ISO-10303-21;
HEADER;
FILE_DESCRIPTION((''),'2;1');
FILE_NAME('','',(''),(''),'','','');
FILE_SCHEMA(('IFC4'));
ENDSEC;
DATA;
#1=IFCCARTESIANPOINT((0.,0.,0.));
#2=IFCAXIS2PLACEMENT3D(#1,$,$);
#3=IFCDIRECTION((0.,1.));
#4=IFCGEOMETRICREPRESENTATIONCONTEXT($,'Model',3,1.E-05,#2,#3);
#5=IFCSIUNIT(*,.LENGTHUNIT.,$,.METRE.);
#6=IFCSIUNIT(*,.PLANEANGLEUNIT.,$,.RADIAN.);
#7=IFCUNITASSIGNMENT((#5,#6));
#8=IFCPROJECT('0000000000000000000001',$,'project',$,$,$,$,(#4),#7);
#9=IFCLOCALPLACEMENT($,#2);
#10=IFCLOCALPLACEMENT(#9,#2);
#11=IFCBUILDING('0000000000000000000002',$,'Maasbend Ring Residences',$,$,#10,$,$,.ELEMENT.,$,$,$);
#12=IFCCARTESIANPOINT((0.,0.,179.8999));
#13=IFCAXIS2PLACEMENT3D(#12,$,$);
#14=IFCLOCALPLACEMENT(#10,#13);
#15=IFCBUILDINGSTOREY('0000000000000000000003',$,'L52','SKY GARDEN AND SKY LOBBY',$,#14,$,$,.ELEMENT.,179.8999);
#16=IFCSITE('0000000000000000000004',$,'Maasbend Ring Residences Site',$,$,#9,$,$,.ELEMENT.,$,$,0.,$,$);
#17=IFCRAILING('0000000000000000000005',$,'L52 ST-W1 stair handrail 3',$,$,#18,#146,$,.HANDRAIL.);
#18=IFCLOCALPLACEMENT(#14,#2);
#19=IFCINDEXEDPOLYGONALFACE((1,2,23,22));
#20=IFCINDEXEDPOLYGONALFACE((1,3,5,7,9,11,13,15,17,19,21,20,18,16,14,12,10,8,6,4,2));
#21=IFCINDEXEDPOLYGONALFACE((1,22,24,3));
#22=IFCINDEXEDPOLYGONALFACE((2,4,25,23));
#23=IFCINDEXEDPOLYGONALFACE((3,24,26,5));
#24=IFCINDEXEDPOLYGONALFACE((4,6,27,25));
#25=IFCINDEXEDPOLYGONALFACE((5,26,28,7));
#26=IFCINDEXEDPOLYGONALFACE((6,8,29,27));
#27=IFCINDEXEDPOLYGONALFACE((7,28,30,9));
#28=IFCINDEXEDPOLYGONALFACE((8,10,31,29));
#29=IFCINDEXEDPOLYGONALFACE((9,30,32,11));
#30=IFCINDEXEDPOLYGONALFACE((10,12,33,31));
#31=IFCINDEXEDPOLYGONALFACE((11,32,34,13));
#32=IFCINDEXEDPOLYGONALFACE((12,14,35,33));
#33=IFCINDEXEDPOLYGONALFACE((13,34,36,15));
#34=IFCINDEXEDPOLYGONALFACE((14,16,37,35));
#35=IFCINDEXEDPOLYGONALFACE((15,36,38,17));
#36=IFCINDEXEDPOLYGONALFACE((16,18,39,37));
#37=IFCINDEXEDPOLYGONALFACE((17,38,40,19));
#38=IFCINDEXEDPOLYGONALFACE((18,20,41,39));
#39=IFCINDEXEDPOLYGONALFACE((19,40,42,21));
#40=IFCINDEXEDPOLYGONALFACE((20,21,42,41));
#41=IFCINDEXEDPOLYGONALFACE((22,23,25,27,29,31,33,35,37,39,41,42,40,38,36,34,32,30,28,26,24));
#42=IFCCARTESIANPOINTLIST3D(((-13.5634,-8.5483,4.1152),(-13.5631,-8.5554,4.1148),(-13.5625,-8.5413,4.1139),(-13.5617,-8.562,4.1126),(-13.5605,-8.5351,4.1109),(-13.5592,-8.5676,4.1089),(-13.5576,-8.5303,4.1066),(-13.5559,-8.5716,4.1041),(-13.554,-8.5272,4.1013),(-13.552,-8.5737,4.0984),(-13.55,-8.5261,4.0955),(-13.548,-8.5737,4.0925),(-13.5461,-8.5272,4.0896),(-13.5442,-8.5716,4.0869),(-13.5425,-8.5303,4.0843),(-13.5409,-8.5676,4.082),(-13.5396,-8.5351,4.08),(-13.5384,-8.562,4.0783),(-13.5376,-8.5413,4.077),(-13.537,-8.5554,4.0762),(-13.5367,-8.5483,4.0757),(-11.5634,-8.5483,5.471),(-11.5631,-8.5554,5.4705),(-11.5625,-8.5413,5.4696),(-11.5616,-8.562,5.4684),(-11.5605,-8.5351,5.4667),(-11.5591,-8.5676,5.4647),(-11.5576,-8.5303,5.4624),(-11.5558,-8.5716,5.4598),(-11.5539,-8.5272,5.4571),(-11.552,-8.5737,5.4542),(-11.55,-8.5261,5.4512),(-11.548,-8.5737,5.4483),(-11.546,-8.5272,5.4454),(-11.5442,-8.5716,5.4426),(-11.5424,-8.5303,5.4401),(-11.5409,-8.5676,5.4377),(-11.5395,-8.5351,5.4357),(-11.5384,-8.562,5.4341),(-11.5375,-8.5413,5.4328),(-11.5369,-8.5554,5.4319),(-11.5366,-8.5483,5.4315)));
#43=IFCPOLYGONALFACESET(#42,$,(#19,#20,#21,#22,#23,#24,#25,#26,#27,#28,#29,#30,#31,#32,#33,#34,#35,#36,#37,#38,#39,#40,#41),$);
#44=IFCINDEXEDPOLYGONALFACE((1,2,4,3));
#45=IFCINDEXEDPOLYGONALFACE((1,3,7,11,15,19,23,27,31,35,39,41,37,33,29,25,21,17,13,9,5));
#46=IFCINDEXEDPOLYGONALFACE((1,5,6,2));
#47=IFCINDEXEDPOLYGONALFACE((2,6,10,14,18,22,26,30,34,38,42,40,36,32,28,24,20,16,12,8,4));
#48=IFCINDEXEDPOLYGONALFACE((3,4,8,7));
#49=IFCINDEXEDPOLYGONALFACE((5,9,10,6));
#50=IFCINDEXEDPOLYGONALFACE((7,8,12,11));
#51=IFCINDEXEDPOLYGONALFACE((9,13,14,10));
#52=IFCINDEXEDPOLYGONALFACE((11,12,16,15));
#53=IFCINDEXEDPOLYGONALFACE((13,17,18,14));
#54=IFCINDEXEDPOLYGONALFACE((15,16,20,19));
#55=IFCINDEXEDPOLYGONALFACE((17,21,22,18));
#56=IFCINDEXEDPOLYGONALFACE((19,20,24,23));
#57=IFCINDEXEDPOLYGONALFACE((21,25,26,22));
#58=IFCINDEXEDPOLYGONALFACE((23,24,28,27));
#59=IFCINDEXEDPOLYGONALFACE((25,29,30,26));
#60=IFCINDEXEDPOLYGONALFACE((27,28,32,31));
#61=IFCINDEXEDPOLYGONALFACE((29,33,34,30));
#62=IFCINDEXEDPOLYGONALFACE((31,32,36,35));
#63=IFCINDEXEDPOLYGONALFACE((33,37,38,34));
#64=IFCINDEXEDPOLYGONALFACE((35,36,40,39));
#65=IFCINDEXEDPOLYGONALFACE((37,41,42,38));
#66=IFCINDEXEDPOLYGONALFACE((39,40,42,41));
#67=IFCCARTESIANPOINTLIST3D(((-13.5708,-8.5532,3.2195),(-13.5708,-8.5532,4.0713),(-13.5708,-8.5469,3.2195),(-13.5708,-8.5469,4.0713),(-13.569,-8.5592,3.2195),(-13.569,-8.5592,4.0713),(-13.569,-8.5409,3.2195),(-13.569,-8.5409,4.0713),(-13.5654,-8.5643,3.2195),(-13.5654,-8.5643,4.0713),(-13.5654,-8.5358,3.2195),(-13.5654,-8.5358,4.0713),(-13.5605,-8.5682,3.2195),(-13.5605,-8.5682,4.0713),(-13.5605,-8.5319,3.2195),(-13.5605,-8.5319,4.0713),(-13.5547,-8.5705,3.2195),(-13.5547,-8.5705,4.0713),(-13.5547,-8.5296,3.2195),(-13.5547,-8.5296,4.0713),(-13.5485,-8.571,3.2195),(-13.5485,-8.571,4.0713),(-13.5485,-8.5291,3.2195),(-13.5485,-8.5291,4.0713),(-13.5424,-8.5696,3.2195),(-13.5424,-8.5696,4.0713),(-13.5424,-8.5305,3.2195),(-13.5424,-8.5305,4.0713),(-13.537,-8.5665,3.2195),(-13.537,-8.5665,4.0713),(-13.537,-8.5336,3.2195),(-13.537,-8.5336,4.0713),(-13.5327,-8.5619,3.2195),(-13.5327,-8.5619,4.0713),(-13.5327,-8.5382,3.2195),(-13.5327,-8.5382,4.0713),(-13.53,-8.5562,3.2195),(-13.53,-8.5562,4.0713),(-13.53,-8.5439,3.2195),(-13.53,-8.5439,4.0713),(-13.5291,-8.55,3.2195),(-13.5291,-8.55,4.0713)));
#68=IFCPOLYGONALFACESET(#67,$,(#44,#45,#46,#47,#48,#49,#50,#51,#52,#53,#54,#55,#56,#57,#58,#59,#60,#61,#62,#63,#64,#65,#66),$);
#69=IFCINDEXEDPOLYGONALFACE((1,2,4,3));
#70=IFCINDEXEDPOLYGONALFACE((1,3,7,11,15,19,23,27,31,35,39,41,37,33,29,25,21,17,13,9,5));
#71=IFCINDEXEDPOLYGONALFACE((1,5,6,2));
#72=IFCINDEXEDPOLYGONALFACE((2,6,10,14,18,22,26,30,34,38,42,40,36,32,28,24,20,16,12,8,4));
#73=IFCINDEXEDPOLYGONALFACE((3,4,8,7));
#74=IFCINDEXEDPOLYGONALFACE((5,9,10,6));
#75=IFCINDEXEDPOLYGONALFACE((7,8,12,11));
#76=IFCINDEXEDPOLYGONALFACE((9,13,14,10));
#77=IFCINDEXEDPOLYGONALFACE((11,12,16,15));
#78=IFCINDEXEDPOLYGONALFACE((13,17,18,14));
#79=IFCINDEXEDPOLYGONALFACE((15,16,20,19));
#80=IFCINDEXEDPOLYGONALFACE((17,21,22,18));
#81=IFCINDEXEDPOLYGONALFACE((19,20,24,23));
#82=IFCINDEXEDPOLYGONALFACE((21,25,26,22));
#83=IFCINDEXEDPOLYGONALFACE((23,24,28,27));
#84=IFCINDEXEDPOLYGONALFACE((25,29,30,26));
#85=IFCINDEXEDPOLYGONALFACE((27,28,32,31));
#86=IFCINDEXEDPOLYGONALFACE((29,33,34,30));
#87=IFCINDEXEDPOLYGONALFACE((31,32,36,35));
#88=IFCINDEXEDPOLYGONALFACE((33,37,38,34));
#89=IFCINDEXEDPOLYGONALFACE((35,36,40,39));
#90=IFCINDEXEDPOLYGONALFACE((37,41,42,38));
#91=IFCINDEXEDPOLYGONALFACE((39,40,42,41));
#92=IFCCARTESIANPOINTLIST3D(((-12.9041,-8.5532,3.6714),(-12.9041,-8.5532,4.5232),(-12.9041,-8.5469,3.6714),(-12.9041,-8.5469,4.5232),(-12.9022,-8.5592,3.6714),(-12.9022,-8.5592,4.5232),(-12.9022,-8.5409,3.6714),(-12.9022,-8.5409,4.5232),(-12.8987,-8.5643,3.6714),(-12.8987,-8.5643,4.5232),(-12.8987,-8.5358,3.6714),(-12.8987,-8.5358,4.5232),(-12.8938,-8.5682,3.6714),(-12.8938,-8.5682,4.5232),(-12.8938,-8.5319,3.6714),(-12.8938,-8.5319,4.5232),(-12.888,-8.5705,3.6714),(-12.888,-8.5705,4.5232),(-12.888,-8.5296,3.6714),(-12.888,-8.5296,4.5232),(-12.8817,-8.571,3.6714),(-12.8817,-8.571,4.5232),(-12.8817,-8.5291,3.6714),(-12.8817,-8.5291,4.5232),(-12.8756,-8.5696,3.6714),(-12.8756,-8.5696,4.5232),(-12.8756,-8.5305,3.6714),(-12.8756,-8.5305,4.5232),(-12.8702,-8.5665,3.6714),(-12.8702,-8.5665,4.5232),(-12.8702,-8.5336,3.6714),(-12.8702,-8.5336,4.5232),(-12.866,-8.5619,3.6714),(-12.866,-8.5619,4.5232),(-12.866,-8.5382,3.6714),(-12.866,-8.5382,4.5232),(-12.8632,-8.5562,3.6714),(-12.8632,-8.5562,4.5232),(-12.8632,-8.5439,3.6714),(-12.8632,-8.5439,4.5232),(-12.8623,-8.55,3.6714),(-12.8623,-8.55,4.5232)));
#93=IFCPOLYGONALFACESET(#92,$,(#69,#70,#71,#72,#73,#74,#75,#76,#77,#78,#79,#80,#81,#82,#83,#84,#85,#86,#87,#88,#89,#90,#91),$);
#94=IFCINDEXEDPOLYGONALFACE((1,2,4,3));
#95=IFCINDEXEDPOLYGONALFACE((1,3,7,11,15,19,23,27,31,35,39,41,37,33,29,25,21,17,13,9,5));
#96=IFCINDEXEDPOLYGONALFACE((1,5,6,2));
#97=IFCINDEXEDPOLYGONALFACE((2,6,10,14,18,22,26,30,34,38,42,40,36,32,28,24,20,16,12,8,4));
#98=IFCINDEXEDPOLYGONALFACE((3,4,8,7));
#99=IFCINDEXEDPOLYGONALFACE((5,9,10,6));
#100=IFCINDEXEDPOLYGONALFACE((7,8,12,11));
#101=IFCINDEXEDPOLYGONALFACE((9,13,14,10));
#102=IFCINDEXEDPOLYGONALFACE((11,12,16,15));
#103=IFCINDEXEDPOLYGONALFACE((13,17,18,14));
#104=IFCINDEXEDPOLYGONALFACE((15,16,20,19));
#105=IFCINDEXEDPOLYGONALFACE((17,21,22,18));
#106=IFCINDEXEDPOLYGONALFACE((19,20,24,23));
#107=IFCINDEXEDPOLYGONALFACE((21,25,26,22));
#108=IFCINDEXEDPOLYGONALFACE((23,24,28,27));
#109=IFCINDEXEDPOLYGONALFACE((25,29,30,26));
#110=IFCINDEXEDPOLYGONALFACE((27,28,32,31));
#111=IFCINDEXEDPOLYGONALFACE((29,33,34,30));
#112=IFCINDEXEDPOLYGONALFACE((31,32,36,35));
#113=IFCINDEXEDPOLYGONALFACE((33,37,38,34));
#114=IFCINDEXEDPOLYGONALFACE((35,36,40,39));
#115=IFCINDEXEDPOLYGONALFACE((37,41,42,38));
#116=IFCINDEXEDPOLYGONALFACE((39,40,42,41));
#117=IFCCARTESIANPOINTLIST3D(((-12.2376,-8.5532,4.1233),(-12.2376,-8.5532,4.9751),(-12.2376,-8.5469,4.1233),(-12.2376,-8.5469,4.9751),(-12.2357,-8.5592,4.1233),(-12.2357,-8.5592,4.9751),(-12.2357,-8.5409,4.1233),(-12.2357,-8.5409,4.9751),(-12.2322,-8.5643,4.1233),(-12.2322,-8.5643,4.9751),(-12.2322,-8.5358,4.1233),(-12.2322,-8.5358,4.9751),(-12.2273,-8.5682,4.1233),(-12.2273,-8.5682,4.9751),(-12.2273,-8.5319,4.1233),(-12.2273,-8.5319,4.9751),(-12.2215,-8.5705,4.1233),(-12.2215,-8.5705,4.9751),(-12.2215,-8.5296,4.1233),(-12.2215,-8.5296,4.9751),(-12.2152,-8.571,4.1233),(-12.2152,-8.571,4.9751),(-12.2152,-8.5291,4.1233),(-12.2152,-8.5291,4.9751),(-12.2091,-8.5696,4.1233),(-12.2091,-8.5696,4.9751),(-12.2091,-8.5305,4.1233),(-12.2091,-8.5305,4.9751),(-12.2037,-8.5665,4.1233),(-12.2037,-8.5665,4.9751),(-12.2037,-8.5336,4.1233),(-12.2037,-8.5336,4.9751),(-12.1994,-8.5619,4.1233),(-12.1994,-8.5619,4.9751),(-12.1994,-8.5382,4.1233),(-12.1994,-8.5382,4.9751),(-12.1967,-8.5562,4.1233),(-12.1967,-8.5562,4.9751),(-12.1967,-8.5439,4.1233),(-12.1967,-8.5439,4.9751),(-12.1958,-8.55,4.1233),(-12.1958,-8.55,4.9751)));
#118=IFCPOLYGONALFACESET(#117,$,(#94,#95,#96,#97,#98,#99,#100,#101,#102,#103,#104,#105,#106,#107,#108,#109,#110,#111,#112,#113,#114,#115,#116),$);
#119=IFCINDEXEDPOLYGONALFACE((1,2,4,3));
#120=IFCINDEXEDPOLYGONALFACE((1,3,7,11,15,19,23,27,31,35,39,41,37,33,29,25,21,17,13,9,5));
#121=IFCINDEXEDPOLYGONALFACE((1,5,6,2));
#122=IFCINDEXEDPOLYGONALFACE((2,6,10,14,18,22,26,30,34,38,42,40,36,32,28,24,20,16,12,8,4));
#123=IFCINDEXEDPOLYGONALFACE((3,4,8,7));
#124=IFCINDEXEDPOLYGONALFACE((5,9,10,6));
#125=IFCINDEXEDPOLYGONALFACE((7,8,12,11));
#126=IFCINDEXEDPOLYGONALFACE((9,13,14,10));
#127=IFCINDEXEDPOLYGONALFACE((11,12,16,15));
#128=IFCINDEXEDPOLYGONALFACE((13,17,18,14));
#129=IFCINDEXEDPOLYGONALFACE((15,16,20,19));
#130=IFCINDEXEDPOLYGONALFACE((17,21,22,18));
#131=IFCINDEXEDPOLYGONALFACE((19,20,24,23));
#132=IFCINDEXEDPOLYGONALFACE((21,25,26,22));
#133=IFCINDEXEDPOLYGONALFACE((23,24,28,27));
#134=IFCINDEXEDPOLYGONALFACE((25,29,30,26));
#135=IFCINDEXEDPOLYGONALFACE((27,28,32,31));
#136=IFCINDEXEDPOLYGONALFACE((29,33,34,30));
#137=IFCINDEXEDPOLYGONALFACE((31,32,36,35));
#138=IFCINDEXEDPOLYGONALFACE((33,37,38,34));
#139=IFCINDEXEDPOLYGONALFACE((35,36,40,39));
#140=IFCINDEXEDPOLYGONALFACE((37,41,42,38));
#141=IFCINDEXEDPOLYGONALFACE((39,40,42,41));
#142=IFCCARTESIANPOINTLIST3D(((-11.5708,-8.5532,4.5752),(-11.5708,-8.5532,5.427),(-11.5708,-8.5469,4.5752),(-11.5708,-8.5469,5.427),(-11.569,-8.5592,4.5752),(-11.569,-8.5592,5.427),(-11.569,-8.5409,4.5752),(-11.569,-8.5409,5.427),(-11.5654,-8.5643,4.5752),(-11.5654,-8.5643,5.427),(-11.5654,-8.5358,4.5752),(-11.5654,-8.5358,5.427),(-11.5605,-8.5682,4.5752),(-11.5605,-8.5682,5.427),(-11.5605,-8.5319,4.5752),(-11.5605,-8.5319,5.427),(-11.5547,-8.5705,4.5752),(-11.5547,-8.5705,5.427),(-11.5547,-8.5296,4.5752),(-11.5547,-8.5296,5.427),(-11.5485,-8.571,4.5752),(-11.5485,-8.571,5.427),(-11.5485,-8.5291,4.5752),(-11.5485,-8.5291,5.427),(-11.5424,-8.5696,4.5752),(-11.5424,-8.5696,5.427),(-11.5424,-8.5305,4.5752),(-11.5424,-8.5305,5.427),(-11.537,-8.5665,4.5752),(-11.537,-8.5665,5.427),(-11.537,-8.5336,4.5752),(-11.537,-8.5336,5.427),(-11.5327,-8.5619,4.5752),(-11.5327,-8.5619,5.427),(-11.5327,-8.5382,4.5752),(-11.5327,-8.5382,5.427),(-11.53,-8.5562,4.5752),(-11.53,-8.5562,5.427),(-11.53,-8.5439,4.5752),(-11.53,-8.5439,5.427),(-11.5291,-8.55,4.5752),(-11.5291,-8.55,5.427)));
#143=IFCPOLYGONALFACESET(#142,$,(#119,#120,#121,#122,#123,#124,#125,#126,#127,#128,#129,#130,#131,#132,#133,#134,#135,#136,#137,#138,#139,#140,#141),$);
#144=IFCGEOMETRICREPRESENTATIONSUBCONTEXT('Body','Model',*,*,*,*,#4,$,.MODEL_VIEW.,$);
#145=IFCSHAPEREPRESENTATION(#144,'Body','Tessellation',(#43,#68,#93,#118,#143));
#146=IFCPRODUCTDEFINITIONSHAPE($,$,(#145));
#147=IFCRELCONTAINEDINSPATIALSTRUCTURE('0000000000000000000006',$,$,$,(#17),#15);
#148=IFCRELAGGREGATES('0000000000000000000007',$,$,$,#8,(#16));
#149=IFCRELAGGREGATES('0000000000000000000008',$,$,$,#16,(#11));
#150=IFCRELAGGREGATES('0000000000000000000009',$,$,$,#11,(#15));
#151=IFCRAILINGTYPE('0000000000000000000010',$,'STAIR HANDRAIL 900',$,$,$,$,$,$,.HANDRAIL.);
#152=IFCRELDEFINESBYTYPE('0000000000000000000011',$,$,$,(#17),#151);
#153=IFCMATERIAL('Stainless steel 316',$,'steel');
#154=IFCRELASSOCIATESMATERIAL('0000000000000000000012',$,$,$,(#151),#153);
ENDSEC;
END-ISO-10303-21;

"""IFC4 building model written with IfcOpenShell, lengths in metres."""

from ifc_helpers import new_model, si_unit, direction, frame, origin, origin_2d, place, context, subcontext, project, spatial, circle, extrude, material, type_object, element, save


model = new_model("IFC4")

# Units and contexts
model_context = context("Model", 3, precision=1e-05, world=origin(), true_north=direction((0.0, 1.0)))
body_context = subcontext(model_context, "Body", "Model", "MODEL_VIEW")
ifc_project = project(units=[si_unit("LENGTHUNIT", "METRE"), si_unit("PLANEANGLEUNIT", "RADIAN")], contexts=[model_context])

# Site, building, storey
site_placement = place(None, origin())
site = spatial("IfcSite", under=ifc_project, at=site_placement, Name="Maasbend Ring Residences Site", CompositionType="ELEMENT", RefElevation=0.0)
building_placement = place(site_placement, origin())
building = spatial("IfcBuilding", under=site, at=building_placement, Name="Maasbend Ring Residences", CompositionType="ELEMENT")
storey_placement = place(building_placement, frame((0.0, 0.0, 179.8999)))
storey = spatial("IfcBuildingStorey", under=building, at=storey_placement, Name="L52", Description="SKY GARDEN AND SKY LOBBY", CompositionType="ELEMENT", Elevation=179.8999)

# Railing
ifc_material_1 = material(Name="Stainless steel 316", Category="steel")
railing_type_1 = type_object("IfcRailingType", Name="STAIR HANDRAIL 900", PredefinedType="HANDRAIL", material=ifc_material_1)
railing_1_placement = place(storey_placement, frame((-13.55, -8.55, 3.2195)))
element("IfcRailing", 1, at=railing_1_placement, inside=storey, type_object=railing_type_1, Name="L52 ST-W1 stair handrail 3", PredefinedType="HANDRAIL", context=body_context, shape_type="SweptSolid", body=[
    extrude(circle(Radius=0.0239, at=origin_2d()), frame((0.0, 0.0, 0.876), z_axis=(0.827751, 0.0, 0.561096), x_axis=(0.0, 1.0, 0.0)), (0.0, 0.0, 1.0), 2.4163),
    extrude(circle(Radius=0.021, at=origin_2d()), origin(), (0.0, 0.0, 1.0), 0.8518),
    extrude(circle(Radius=0.021, at=origin_2d()), frame((0.6667, 0.0, 0.4519)), (0.0, 0.0, 1.0), 0.8518),
    extrude(circle(Radius=0.021, at=origin_2d()), frame((1.3333, 0.0, 0.9038)), (0.0, 0.0, 1.0), 0.8518),
    extrude(circle(Radius=0.021, at=origin_2d()), frame((2.0, 0.0, 1.3557)), (0.0, 0.0, 1.0), 0.8518),
])

save(model, "model.ifc")
